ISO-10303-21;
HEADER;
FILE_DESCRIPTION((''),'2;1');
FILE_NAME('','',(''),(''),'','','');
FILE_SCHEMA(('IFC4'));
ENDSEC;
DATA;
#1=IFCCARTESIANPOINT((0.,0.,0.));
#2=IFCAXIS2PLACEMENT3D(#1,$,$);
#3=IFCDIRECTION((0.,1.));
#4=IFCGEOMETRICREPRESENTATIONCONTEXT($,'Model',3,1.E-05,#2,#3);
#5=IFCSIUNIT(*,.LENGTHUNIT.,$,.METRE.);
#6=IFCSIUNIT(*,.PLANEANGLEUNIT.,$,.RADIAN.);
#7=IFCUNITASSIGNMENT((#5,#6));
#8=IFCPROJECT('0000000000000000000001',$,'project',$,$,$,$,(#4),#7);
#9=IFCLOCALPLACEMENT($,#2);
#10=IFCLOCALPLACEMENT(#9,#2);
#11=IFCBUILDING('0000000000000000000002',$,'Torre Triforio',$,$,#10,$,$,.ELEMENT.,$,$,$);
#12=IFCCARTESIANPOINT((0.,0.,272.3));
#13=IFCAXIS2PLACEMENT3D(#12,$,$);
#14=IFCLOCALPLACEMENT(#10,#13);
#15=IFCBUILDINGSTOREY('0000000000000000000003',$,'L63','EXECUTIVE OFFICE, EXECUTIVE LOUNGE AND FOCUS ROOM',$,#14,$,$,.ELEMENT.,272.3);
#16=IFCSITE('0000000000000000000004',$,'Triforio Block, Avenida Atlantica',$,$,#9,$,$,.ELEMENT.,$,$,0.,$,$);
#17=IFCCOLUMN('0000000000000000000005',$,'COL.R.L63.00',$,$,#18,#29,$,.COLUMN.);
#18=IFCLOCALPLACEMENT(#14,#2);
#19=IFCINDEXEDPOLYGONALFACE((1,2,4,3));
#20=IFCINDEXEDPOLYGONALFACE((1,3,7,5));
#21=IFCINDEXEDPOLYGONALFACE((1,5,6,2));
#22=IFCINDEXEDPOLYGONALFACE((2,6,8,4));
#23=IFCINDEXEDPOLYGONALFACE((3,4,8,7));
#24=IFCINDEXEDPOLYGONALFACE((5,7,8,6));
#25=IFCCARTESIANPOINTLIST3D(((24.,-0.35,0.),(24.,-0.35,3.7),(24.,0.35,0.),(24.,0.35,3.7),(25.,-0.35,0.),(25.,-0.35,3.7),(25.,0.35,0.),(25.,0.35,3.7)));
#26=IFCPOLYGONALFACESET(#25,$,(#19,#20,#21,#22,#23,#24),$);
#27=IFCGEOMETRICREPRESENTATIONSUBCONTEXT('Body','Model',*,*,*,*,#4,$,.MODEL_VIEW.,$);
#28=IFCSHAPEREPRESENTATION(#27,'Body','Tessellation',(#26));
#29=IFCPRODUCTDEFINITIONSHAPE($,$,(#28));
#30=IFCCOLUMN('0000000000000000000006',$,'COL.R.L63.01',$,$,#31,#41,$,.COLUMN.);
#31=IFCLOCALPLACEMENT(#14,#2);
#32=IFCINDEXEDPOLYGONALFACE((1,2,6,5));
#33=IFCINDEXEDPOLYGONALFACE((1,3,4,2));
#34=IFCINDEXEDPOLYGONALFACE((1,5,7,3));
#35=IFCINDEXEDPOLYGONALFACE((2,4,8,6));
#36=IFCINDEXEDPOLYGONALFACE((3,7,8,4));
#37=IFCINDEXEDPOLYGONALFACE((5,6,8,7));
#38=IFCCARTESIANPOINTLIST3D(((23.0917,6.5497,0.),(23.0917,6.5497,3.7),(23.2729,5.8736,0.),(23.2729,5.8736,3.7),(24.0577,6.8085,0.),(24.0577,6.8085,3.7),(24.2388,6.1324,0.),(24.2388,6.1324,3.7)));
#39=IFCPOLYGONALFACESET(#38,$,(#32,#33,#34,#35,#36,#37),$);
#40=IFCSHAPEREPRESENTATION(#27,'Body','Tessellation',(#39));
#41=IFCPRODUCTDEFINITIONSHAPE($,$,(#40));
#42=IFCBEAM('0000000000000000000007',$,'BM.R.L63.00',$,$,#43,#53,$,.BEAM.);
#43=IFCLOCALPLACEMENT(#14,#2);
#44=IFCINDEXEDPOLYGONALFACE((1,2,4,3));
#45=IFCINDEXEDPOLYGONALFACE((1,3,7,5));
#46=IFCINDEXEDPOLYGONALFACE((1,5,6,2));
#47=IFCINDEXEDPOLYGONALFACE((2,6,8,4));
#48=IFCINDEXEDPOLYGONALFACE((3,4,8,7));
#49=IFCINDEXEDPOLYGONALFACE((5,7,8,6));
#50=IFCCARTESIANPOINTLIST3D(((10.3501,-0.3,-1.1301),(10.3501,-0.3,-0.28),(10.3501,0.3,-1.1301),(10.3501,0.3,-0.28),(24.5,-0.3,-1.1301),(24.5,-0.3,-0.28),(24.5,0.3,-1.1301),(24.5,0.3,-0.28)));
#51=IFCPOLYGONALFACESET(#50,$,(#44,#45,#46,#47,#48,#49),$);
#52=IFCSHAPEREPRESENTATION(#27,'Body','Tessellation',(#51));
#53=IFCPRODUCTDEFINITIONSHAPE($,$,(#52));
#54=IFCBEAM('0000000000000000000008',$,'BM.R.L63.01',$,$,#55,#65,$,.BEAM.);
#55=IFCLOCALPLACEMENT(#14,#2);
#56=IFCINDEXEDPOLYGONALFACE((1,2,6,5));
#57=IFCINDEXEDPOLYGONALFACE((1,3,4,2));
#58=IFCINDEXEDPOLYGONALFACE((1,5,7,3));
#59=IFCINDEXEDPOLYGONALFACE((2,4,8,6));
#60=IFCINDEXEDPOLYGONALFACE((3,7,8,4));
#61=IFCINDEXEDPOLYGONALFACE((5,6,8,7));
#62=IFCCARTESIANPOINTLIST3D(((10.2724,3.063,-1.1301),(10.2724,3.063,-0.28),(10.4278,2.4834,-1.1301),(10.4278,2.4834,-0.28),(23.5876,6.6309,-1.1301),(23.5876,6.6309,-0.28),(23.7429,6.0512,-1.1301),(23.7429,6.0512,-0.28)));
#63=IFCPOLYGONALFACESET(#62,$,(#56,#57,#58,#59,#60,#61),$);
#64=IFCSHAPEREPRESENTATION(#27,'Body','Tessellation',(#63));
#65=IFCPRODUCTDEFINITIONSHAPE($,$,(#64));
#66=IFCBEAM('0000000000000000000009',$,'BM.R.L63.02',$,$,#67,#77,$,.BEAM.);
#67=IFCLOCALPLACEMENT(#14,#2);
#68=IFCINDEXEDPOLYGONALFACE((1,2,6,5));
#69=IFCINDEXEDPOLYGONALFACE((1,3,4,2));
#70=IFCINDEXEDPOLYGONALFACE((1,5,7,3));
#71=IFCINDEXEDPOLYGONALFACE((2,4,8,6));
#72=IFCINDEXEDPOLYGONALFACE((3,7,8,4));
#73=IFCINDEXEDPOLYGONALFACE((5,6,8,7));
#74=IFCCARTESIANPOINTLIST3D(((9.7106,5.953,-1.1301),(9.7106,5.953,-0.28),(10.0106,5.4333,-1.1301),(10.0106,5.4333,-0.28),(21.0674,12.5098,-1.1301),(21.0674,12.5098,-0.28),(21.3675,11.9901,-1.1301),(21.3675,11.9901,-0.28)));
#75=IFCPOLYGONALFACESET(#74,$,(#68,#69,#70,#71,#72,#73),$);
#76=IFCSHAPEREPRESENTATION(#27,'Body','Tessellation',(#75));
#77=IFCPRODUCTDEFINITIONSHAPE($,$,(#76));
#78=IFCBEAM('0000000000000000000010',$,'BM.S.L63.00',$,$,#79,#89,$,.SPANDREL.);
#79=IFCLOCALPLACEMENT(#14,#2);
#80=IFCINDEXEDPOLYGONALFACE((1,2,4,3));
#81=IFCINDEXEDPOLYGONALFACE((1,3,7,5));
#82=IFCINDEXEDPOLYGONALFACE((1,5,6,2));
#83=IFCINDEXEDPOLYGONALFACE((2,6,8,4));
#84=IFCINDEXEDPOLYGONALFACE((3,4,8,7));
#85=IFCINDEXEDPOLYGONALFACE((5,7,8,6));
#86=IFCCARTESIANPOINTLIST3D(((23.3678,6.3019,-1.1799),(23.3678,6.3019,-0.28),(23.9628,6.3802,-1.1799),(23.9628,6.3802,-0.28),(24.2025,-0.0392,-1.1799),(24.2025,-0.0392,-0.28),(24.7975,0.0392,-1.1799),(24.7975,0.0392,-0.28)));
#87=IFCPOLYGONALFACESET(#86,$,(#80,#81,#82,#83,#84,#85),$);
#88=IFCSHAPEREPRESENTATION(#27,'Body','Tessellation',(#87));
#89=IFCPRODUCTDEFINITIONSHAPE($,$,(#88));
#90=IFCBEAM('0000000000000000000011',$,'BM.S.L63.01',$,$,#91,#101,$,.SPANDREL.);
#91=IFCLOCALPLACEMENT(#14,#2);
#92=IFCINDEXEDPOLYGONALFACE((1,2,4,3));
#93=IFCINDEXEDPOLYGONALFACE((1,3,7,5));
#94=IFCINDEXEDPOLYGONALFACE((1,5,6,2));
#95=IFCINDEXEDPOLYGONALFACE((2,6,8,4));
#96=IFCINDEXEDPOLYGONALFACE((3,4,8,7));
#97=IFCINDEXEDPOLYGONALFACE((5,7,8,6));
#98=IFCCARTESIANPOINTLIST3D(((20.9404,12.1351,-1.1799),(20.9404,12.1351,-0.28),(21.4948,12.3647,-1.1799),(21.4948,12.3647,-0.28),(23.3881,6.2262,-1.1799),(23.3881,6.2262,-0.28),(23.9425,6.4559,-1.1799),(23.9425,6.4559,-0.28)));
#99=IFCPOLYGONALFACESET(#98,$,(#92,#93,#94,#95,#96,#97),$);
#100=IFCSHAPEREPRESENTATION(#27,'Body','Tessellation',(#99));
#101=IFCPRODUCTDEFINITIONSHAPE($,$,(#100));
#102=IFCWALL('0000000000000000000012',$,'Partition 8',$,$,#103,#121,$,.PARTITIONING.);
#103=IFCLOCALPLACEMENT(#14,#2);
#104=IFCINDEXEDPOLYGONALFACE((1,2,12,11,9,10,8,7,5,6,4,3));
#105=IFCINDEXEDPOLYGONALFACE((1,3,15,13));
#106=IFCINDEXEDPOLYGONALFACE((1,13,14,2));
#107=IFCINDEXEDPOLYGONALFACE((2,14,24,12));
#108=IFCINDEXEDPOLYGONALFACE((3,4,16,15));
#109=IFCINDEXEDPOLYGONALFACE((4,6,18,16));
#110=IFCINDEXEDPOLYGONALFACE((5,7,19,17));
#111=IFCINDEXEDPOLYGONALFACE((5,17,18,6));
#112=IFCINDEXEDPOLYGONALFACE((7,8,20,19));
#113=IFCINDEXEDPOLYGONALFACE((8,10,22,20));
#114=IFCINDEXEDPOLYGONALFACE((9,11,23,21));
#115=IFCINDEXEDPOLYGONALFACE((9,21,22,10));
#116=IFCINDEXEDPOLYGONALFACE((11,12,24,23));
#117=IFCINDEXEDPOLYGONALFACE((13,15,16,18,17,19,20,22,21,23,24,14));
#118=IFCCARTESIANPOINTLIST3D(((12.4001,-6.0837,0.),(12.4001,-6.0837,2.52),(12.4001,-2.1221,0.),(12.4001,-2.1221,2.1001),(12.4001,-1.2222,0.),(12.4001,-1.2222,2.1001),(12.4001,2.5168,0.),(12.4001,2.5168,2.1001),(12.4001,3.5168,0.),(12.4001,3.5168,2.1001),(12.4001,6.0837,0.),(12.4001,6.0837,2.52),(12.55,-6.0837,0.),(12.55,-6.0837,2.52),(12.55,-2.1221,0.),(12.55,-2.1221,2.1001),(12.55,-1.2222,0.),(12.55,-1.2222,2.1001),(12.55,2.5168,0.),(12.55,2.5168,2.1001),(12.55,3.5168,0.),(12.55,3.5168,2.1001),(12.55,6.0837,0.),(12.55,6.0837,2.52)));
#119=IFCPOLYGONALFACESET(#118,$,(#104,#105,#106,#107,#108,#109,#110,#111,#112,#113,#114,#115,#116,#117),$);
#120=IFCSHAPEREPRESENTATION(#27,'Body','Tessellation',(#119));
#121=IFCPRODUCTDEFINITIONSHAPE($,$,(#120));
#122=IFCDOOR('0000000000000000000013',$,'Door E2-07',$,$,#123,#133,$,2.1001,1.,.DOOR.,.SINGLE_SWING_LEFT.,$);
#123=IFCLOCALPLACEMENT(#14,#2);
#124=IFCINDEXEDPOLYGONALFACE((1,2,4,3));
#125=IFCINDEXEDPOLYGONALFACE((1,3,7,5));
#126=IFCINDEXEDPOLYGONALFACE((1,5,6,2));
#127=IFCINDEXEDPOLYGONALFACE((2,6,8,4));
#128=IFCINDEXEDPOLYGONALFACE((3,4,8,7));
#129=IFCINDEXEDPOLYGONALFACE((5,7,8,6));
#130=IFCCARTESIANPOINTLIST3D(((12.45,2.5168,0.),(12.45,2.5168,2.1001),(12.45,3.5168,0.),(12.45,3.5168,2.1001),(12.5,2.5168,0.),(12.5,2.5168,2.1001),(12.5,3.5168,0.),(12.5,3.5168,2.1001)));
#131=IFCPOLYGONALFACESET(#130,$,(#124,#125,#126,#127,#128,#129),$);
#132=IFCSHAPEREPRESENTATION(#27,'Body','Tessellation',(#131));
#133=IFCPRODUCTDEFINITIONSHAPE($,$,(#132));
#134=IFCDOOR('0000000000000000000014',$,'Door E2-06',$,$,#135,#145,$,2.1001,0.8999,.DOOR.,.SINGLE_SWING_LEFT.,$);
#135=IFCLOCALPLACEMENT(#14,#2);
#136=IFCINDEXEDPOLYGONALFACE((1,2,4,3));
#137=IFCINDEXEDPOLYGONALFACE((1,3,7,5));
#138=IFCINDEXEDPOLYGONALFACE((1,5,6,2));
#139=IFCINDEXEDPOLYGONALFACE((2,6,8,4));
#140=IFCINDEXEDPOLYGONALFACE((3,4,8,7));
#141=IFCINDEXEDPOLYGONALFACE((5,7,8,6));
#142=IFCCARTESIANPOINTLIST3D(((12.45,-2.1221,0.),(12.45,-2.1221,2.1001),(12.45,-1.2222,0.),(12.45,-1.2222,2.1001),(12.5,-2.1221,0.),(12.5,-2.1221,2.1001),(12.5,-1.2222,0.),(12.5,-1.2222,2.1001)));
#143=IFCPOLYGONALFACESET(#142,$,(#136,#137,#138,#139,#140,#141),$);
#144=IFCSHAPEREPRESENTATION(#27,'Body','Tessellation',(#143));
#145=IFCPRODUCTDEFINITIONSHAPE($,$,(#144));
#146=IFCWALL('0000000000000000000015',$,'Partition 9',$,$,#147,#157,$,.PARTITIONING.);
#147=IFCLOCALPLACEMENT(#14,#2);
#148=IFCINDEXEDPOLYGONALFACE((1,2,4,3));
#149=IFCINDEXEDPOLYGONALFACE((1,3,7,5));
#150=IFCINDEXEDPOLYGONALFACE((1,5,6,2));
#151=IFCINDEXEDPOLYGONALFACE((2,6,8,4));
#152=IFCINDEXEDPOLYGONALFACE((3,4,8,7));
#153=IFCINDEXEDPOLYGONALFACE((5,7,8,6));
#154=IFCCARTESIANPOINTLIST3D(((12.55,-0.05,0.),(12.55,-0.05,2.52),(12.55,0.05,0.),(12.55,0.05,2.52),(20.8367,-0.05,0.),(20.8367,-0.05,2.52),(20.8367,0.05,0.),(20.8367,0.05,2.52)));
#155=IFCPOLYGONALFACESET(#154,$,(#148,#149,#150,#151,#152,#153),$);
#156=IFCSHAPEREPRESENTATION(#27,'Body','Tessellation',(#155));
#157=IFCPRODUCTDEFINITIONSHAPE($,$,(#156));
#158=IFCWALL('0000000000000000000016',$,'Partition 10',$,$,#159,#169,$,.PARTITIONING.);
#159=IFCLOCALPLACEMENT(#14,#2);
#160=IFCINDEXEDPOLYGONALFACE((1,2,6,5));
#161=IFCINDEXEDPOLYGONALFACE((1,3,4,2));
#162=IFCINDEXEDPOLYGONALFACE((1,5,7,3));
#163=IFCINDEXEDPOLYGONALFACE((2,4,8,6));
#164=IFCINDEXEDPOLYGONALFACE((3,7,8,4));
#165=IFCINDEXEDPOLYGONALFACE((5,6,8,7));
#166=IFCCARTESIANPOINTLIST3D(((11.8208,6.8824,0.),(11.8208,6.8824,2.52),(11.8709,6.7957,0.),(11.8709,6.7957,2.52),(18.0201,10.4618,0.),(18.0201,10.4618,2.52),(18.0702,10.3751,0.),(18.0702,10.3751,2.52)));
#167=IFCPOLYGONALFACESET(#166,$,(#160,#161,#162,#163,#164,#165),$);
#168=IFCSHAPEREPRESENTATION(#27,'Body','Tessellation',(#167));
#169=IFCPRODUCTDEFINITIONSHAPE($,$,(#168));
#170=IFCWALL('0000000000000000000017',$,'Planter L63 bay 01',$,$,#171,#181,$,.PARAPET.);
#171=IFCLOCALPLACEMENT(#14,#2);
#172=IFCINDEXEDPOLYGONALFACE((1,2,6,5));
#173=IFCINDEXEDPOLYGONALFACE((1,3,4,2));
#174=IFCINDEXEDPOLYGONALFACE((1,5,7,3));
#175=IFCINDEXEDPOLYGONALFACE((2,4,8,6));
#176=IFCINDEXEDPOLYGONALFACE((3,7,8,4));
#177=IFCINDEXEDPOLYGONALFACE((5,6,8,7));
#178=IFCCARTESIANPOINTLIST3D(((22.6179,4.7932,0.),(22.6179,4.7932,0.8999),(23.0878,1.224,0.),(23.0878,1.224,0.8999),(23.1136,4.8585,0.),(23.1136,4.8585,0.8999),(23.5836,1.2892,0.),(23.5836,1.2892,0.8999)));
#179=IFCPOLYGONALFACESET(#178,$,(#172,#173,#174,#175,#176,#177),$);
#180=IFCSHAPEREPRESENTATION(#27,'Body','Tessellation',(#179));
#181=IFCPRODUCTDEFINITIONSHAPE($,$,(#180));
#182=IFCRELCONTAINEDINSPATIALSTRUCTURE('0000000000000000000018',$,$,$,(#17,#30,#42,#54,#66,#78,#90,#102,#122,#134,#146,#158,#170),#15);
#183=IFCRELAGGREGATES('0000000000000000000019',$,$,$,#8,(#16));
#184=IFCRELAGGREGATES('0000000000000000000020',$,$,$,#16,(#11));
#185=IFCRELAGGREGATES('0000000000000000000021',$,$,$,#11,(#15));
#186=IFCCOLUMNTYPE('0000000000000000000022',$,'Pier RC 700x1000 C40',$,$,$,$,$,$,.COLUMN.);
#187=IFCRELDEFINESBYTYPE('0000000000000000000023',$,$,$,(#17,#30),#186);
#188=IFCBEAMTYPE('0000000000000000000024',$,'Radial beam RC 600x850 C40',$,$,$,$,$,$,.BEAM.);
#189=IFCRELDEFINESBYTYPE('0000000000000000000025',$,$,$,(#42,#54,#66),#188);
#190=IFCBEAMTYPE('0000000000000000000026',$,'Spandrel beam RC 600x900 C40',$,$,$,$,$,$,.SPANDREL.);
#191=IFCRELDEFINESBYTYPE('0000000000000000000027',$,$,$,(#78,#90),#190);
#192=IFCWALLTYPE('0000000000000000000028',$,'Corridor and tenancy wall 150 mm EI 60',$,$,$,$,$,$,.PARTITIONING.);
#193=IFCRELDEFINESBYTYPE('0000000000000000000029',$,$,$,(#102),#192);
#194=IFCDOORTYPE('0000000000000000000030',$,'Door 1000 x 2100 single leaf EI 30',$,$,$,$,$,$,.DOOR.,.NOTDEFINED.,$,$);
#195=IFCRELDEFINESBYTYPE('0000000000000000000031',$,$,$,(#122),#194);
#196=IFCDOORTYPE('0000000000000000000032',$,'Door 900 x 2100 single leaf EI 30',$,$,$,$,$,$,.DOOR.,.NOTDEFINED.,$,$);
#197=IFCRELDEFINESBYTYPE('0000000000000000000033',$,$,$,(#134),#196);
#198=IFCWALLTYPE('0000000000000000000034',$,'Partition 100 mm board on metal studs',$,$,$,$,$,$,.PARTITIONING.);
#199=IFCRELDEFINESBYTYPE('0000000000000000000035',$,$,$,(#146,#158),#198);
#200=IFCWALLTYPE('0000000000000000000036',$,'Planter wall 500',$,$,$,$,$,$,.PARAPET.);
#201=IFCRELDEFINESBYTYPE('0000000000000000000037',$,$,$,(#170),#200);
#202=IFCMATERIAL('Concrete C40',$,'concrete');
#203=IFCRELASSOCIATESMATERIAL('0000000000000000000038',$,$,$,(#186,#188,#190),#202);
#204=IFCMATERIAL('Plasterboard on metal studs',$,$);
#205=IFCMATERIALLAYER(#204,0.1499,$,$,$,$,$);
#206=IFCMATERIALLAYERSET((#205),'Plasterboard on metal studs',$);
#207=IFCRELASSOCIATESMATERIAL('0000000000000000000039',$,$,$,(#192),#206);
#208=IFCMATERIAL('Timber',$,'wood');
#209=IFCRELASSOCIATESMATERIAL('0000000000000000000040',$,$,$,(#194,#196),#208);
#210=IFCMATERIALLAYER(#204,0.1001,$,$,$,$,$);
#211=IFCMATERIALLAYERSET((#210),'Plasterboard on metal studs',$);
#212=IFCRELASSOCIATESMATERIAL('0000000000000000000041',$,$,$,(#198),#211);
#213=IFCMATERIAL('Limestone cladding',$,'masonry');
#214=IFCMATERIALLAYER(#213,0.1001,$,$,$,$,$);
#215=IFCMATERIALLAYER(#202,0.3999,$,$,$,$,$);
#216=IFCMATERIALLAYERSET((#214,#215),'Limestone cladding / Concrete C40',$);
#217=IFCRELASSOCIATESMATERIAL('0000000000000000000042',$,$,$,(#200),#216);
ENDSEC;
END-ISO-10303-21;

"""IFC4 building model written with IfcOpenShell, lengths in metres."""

from ifc_helpers import new_model, si_unit, direction, frame, frame_2d, origin, origin_2d, place, context, subcontext, project, spatial, rectangle, extrude, material, layer, layer_set, material_profile, profile_set, type_object, element, fill, save


model = new_model("IFC4")

# Units and contexts
model_context = context("Model", 3, precision=1e-05, world=origin(), true_north=direction((0.0, 1.0)))
body_context = subcontext(model_context, "Body", "Model", "MODEL_VIEW")
ifc_project = project(units=[si_unit("LENGTHUNIT", "METRE"), si_unit("PLANEANGLEUNIT", "RADIAN")], contexts=[model_context])

# Site, building, storey
site_placement = place(None, origin())
site = spatial("IfcSite", under=ifc_project, at=site_placement, Name="Triforio Block, Avenida Atlantica", CompositionType="ELEMENT", RefElevation=0.0)
building_placement = place(site_placement, origin())
building = spatial("IfcBuilding", under=site, at=building_placement, Name="Torre Triforio", CompositionType="ELEMENT")
storey_placement = place(building_placement, frame((0.0, 0.0, 272.3)))
storey = spatial("IfcBuildingStorey", under=building, at=storey_placement, Name="L63", Description="EXECUTIVE OFFICE, EXECUTIVE LOUNGE AND FOCUS ROOM", CompositionType="ELEMENT", Elevation=272.3)

# Columns
ifc_material_1 = material(Name="Concrete C40", Category="concrete")
ifc_material_profile_1 = material_profile(ifc_material_1, rectangle(XDim=0.7, YDim=1.0, at=origin_2d()), Name="RC 700x1000")
ifc_profile_set_1 = profile_set([ifc_material_profile_1], Name="Concrete C40")
column_type = type_object("IfcColumnType", Name="Pier RC 700x1000 C40", PredefinedType="COLUMN", material=ifc_profile_set_1)
for number, where, z_axis, x_axis, name in (
    (1, (24.5, 0.0, 0.0), (0.0, 0.0, 1.0), (0.0, 1.0, 0.0), "COL.R.L63.00"),
    (2, (23.6653, 6.3411, 0.0), (0.0, 0.0, 1.0), (-0.258819, 0.965926, 0.0), "COL.R.L63.01"),
):
    element("IfcColumn", number, at=place(storey_placement, frame(where, z_axis=z_axis, x_axis=x_axis)), inside=storey, type_object=column_type, Name=name, PredefinedType="COLUMN", context=body_context, shape_type="SweptSolid", body=[
        extrude(rectangle(XDim=0.7, YDim=1.0, at=origin_2d()), origin(), (0.0, 0.0, 1.0), 3.7),
    ])

# Beams
ifc_material_profile_2 = material_profile(ifc_material_1, rectangle(XDim=0.6001, YDim=0.8501, at=origin_2d()), Name="RC 600x850")
ifc_profile_set_2 = profile_set([ifc_material_profile_2], Name="Concrete C40")
beam_type_1 = type_object("IfcBeamType", Name="Radial beam RC 600x850 C40", PredefinedType="BEAM", material=ifc_profile_set_2)
beam_1_placement = place(storey_placement, frame((10.3501, 0.0, -0.7051), z_axis=(1.0, 0.0, 0.0), x_axis=(0.0, 1.0, 0.0)))
element("IfcBeam", 3, at=beam_1_placement, inside=storey, type_object=beam_type_1, Name="BM.R.L63.00", PredefinedType="BEAM", context=body_context, shape_type="SweptSolid", body=[
    extrude(rectangle(XDim=0.6001, YDim=0.8501, at=origin_2d()), origin(), (0.0, 0.0, 1.0), 14.1499),
])
beam_2_placement = place(storey_placement, frame((10.3501, 2.7732, -0.7051), z_axis=(0.965924, 0.258824, 0.0), x_axis=(-0.258824, 0.965924, 0.0)))
element("IfcBeam", 4, at=beam_2_placement, inside=storey, type_object=beam_type_1, Name="BM.R.L63.01", PredefinedType="BEAM", context=body_context, shape_type="SweptSolid", body=[
    extrude(rectangle(XDim=0.6001, YDim=0.8501, at=origin_2d()), origin(), (0.0, 0.0, 1.0), 13.7849),
])
beam_3_placement = place(storey_placement, frame((9.8606, 5.6931, -0.7051), z_axis=(0.866027, 0.499997, 0.0), x_axis=(-0.499997, 0.866027, 0.0)))
element("IfcBeam", 5, at=beam_3_placement, inside=storey, type_object=beam_type_1, Name="BM.R.L63.02", PredefinedType="BEAM", context=body_context, shape_type="SweptSolid", body=[
    extrude(rectangle(XDim=0.6001, YDim=0.8501, at=origin_2d()), origin(), (0.0, 0.0, 1.0), 13.1138),
])
ifc_material_profile_3 = material_profile(ifc_material_1, rectangle(XDim=0.6001, YDim=0.8999, at=origin_2d()), Name="RC 600x900")
ifc_profile_set_3 = profile_set([ifc_material_profile_3], Name="Concrete C40")
beam_type_2 = type_object("IfcBeamType", Name="Spandrel beam RC 600x900 C40", PredefinedType="SPANDREL", material=ifc_profile_set_3)
for number, where, z_axis, x_axis, name in (
    (6, (24.5, 0.0, -0.73), (-0.130511, 0.991447, 0.0), (-0.991447, -0.130511, 0.0), "BM.S.L63.00"),
    (7, (23.6653, 6.3411, -0.73), (-0.382709, 0.923869, 0.0), (-0.923869, -0.382709, 0.0), "BM.S.L63.01"),
):
    element("IfcBeam", number, at=place(storey_placement, frame(where, z_axis=z_axis, x_axis=x_axis)), inside=storey, type_object=beam_type_2, Name=name, PredefinedType="SPANDREL", context=body_context, shape_type="SweptSolid", body=[
        extrude(rectangle(XDim=0.6001, YDim=0.8999, at=origin_2d()), origin(), (0.0, 0.0, 1.0), 6.3958),
    ])

# Wall, openings, doors
ifc_material_2 = material(Name="Plasterboard on metal studs")
ifc_layer_1 = layer(ifc_material_2, 0.1499)
ifc_layer_set_1 = layer_set([ifc_layer_1], Name="Plasterboard on metal studs")
wall_type_1 = type_object("IfcWallType", Name="Corridor and tenancy wall 150 mm EI 60", PredefinedType="PARTITIONING", material=ifc_layer_set_1)
wall_1_placement = place(storey_placement, frame((12.4751, 6.0837, 0.0), z_axis=(0.0, 0.0, 1.0), x_axis=(0.0, -1.0, 0.0)))
wall_1 = element("IfcWall", 8, at=wall_1_placement, inside=storey, type_object=wall_type_1, Name="Partition 8", PredefinedType="PARTITIONING", context=body_context, shape_type="SweptSolid", body=[
    extrude(rectangle(XDim=12.1675, YDim=0.1499, at=frame_2d((6.0837, 0.0))), origin(), (0.0, 0.0, 1.0), 2.52),
])
opening_1_placement = place(wall_1_placement, frame((7.3059, 0.0, 0.0)))
opening_1 = element("IfcOpeningElement", 9, at=opening_1_placement, cuts=wall_1, PredefinedType="OPENING", context=body_context, shape_type="SweptSolid", body=[
    extrude(rectangle(XDim=0.8999, YDim=2.1001, at=frame_2d((0.45, 1.05))), frame((0.0, 0.085, 0.0), z_axis=(0.0, -1.0, 0.0), x_axis=(1.0, 0.0, 0.0)), (0.0, 0.0, 1.0), 0.1699),
])
opening_2_placement = place(wall_1_placement, frame((2.5669, 0.0, 0.0)))
opening_2 = element("IfcOpeningElement", 10, at=opening_2_placement, cuts=wall_1, PredefinedType="OPENING", context=body_context, shape_type="SweptSolid", body=[
    extrude(rectangle(XDim=1.0, YDim=2.1001, at=frame_2d((0.5, 1.05))), frame((0.0, 0.085, 0.0), z_axis=(0.0, -1.0, 0.0), x_axis=(1.0, 0.0, 0.0)), (0.0, 0.0, 1.0), 0.1699),
])
ifc_material_3 = material(Name="Timber", Category="wood")
door_type_1 = type_object("IfcDoorType", Name="Door 1000 x 2100 single leaf EI 30", OperationType="NOTDEFINED", PredefinedType="DOOR", material=ifc_material_3)
door_1_placement = place(opening_2_placement, origin())
door_1 = element("IfcDoor", 11, at=door_1_placement, inside=storey, type_object=door_type_1, Name="Door E2-07", OperationType="SINGLE_SWING_LEFT", OverallHeight=2.1001, OverallWidth=1.0, PredefinedType="DOOR", context=body_context, shape_type="SweptSolid", body=[
    extrude(rectangle(XDim=1.0, YDim=2.1001, at=frame_2d((0.5, 1.05))), frame((0.0, 0.0249, 0.0), z_axis=(0.0, -1.0, 0.0), x_axis=(1.0, 0.0, 0.0)), (0.0, 0.0, 1.0), 0.05),
])
fill(opening_2, door_1)
door_type_2 = type_object("IfcDoorType", Name="Door 900 x 2100 single leaf EI 30", OperationType="NOTDEFINED", PredefinedType="DOOR", material=ifc_material_3)
door_2_placement = place(opening_1_placement, origin())
door_2 = element("IfcDoor", 12, at=door_2_placement, inside=storey, type_object=door_type_2, Name="Door E2-06", OperationType="SINGLE_SWING_LEFT", OverallHeight=2.1001, OverallWidth=0.8999, PredefinedType="DOOR", context=body_context, shape_type="SweptSolid", body=[
    extrude(rectangle(XDim=0.8999, YDim=2.1001, at=frame_2d((0.45, 1.05))), frame((0.0, 0.0249, 0.0), z_axis=(0.0, -1.0, 0.0), x_axis=(1.0, 0.0, 0.0)), (0.0, 0.0, 1.0), 0.05),
])
fill(opening_1, door_2)

# Walls
ifc_layer_2 = layer(ifc_material_2, 0.1001)
ifc_layer_set_2 = layer_set([ifc_layer_2], Name="Plasterboard on metal studs")
wall_type_2 = type_object("IfcWallType", Name="Partition 100 mm board on metal studs", PredefinedType="PARTITIONING", material=ifc_layer_set_2)
wall_2_placement = place(storey_placement, frame((12.55, 0.0, 0.0), z_axis=(0.0, 0.0, 1.0), x_axis=(1.0, 0.0, 0.0)))
element("IfcWall", 13, at=wall_2_placement, inside=storey, type_object=wall_type_2, Name="Partition 9", PredefinedType="PARTITIONING", context=body_context, shape_type="SweptSolid", body=[
    extrude(rectangle(XDim=8.2866, YDim=0.1001, at=frame_2d((4.1433, 0.0))), origin(), (0.0, 0.0, 1.0), 2.52),
])
wall_3_placement = place(storey_placement, frame((11.8459, 6.8391, 0.0), z_axis=(0.0, 0.0, 1.0), x_axis=(0.866012, 0.500024, 0.0)))
element("IfcWall", 14, at=wall_3_placement, inside=storey, type_object=wall_type_2, Name="Partition 10", PredefinedType="PARTITIONING", context=body_context, shape_type="SweptSolid", body=[
    extrude(rectangle(XDim=7.1584, YDim=0.1001, at=frame_2d((3.5791, 0.0))), origin(), (0.0, 0.0, 1.0), 2.52),
])
ifc_material_4 = material(Name="Limestone cladding", Category="masonry")
ifc_layer_3 = layer(ifc_material_4, 0.1001)
ifc_layer_4 = layer(ifc_material_1, 0.3999)
ifc_layer_set_3 = layer_set([ifc_layer_3, ifc_layer_4], Name="Limestone cladding / Concrete C40")
wall_type_3 = type_object("IfcWallType", Name="Planter wall 500", PredefinedType="PARAPET", material=ifc_layer_set_3)
wall_4_placement = place(storey_placement, frame((23.3357, 1.2566, 0.0), z_axis=(0.0, 0.0, 1.0), x_axis=(-0.130542, 0.991443, 0.0)))
element("IfcWall", 15, at=wall_4_placement, inside=storey, type_object=wall_type_3, Name="Planter L63 bay 01", PredefinedType="PARAPET", context=body_context, shape_type="SweptSolid", body=[
    extrude(rectangle(XDim=3.6001, YDim=0.5, at=frame_2d((1.8, 0.0))), origin(), (0.0, 0.0, 1.0), 0.8999),
])

save(model, "model.ifc")
